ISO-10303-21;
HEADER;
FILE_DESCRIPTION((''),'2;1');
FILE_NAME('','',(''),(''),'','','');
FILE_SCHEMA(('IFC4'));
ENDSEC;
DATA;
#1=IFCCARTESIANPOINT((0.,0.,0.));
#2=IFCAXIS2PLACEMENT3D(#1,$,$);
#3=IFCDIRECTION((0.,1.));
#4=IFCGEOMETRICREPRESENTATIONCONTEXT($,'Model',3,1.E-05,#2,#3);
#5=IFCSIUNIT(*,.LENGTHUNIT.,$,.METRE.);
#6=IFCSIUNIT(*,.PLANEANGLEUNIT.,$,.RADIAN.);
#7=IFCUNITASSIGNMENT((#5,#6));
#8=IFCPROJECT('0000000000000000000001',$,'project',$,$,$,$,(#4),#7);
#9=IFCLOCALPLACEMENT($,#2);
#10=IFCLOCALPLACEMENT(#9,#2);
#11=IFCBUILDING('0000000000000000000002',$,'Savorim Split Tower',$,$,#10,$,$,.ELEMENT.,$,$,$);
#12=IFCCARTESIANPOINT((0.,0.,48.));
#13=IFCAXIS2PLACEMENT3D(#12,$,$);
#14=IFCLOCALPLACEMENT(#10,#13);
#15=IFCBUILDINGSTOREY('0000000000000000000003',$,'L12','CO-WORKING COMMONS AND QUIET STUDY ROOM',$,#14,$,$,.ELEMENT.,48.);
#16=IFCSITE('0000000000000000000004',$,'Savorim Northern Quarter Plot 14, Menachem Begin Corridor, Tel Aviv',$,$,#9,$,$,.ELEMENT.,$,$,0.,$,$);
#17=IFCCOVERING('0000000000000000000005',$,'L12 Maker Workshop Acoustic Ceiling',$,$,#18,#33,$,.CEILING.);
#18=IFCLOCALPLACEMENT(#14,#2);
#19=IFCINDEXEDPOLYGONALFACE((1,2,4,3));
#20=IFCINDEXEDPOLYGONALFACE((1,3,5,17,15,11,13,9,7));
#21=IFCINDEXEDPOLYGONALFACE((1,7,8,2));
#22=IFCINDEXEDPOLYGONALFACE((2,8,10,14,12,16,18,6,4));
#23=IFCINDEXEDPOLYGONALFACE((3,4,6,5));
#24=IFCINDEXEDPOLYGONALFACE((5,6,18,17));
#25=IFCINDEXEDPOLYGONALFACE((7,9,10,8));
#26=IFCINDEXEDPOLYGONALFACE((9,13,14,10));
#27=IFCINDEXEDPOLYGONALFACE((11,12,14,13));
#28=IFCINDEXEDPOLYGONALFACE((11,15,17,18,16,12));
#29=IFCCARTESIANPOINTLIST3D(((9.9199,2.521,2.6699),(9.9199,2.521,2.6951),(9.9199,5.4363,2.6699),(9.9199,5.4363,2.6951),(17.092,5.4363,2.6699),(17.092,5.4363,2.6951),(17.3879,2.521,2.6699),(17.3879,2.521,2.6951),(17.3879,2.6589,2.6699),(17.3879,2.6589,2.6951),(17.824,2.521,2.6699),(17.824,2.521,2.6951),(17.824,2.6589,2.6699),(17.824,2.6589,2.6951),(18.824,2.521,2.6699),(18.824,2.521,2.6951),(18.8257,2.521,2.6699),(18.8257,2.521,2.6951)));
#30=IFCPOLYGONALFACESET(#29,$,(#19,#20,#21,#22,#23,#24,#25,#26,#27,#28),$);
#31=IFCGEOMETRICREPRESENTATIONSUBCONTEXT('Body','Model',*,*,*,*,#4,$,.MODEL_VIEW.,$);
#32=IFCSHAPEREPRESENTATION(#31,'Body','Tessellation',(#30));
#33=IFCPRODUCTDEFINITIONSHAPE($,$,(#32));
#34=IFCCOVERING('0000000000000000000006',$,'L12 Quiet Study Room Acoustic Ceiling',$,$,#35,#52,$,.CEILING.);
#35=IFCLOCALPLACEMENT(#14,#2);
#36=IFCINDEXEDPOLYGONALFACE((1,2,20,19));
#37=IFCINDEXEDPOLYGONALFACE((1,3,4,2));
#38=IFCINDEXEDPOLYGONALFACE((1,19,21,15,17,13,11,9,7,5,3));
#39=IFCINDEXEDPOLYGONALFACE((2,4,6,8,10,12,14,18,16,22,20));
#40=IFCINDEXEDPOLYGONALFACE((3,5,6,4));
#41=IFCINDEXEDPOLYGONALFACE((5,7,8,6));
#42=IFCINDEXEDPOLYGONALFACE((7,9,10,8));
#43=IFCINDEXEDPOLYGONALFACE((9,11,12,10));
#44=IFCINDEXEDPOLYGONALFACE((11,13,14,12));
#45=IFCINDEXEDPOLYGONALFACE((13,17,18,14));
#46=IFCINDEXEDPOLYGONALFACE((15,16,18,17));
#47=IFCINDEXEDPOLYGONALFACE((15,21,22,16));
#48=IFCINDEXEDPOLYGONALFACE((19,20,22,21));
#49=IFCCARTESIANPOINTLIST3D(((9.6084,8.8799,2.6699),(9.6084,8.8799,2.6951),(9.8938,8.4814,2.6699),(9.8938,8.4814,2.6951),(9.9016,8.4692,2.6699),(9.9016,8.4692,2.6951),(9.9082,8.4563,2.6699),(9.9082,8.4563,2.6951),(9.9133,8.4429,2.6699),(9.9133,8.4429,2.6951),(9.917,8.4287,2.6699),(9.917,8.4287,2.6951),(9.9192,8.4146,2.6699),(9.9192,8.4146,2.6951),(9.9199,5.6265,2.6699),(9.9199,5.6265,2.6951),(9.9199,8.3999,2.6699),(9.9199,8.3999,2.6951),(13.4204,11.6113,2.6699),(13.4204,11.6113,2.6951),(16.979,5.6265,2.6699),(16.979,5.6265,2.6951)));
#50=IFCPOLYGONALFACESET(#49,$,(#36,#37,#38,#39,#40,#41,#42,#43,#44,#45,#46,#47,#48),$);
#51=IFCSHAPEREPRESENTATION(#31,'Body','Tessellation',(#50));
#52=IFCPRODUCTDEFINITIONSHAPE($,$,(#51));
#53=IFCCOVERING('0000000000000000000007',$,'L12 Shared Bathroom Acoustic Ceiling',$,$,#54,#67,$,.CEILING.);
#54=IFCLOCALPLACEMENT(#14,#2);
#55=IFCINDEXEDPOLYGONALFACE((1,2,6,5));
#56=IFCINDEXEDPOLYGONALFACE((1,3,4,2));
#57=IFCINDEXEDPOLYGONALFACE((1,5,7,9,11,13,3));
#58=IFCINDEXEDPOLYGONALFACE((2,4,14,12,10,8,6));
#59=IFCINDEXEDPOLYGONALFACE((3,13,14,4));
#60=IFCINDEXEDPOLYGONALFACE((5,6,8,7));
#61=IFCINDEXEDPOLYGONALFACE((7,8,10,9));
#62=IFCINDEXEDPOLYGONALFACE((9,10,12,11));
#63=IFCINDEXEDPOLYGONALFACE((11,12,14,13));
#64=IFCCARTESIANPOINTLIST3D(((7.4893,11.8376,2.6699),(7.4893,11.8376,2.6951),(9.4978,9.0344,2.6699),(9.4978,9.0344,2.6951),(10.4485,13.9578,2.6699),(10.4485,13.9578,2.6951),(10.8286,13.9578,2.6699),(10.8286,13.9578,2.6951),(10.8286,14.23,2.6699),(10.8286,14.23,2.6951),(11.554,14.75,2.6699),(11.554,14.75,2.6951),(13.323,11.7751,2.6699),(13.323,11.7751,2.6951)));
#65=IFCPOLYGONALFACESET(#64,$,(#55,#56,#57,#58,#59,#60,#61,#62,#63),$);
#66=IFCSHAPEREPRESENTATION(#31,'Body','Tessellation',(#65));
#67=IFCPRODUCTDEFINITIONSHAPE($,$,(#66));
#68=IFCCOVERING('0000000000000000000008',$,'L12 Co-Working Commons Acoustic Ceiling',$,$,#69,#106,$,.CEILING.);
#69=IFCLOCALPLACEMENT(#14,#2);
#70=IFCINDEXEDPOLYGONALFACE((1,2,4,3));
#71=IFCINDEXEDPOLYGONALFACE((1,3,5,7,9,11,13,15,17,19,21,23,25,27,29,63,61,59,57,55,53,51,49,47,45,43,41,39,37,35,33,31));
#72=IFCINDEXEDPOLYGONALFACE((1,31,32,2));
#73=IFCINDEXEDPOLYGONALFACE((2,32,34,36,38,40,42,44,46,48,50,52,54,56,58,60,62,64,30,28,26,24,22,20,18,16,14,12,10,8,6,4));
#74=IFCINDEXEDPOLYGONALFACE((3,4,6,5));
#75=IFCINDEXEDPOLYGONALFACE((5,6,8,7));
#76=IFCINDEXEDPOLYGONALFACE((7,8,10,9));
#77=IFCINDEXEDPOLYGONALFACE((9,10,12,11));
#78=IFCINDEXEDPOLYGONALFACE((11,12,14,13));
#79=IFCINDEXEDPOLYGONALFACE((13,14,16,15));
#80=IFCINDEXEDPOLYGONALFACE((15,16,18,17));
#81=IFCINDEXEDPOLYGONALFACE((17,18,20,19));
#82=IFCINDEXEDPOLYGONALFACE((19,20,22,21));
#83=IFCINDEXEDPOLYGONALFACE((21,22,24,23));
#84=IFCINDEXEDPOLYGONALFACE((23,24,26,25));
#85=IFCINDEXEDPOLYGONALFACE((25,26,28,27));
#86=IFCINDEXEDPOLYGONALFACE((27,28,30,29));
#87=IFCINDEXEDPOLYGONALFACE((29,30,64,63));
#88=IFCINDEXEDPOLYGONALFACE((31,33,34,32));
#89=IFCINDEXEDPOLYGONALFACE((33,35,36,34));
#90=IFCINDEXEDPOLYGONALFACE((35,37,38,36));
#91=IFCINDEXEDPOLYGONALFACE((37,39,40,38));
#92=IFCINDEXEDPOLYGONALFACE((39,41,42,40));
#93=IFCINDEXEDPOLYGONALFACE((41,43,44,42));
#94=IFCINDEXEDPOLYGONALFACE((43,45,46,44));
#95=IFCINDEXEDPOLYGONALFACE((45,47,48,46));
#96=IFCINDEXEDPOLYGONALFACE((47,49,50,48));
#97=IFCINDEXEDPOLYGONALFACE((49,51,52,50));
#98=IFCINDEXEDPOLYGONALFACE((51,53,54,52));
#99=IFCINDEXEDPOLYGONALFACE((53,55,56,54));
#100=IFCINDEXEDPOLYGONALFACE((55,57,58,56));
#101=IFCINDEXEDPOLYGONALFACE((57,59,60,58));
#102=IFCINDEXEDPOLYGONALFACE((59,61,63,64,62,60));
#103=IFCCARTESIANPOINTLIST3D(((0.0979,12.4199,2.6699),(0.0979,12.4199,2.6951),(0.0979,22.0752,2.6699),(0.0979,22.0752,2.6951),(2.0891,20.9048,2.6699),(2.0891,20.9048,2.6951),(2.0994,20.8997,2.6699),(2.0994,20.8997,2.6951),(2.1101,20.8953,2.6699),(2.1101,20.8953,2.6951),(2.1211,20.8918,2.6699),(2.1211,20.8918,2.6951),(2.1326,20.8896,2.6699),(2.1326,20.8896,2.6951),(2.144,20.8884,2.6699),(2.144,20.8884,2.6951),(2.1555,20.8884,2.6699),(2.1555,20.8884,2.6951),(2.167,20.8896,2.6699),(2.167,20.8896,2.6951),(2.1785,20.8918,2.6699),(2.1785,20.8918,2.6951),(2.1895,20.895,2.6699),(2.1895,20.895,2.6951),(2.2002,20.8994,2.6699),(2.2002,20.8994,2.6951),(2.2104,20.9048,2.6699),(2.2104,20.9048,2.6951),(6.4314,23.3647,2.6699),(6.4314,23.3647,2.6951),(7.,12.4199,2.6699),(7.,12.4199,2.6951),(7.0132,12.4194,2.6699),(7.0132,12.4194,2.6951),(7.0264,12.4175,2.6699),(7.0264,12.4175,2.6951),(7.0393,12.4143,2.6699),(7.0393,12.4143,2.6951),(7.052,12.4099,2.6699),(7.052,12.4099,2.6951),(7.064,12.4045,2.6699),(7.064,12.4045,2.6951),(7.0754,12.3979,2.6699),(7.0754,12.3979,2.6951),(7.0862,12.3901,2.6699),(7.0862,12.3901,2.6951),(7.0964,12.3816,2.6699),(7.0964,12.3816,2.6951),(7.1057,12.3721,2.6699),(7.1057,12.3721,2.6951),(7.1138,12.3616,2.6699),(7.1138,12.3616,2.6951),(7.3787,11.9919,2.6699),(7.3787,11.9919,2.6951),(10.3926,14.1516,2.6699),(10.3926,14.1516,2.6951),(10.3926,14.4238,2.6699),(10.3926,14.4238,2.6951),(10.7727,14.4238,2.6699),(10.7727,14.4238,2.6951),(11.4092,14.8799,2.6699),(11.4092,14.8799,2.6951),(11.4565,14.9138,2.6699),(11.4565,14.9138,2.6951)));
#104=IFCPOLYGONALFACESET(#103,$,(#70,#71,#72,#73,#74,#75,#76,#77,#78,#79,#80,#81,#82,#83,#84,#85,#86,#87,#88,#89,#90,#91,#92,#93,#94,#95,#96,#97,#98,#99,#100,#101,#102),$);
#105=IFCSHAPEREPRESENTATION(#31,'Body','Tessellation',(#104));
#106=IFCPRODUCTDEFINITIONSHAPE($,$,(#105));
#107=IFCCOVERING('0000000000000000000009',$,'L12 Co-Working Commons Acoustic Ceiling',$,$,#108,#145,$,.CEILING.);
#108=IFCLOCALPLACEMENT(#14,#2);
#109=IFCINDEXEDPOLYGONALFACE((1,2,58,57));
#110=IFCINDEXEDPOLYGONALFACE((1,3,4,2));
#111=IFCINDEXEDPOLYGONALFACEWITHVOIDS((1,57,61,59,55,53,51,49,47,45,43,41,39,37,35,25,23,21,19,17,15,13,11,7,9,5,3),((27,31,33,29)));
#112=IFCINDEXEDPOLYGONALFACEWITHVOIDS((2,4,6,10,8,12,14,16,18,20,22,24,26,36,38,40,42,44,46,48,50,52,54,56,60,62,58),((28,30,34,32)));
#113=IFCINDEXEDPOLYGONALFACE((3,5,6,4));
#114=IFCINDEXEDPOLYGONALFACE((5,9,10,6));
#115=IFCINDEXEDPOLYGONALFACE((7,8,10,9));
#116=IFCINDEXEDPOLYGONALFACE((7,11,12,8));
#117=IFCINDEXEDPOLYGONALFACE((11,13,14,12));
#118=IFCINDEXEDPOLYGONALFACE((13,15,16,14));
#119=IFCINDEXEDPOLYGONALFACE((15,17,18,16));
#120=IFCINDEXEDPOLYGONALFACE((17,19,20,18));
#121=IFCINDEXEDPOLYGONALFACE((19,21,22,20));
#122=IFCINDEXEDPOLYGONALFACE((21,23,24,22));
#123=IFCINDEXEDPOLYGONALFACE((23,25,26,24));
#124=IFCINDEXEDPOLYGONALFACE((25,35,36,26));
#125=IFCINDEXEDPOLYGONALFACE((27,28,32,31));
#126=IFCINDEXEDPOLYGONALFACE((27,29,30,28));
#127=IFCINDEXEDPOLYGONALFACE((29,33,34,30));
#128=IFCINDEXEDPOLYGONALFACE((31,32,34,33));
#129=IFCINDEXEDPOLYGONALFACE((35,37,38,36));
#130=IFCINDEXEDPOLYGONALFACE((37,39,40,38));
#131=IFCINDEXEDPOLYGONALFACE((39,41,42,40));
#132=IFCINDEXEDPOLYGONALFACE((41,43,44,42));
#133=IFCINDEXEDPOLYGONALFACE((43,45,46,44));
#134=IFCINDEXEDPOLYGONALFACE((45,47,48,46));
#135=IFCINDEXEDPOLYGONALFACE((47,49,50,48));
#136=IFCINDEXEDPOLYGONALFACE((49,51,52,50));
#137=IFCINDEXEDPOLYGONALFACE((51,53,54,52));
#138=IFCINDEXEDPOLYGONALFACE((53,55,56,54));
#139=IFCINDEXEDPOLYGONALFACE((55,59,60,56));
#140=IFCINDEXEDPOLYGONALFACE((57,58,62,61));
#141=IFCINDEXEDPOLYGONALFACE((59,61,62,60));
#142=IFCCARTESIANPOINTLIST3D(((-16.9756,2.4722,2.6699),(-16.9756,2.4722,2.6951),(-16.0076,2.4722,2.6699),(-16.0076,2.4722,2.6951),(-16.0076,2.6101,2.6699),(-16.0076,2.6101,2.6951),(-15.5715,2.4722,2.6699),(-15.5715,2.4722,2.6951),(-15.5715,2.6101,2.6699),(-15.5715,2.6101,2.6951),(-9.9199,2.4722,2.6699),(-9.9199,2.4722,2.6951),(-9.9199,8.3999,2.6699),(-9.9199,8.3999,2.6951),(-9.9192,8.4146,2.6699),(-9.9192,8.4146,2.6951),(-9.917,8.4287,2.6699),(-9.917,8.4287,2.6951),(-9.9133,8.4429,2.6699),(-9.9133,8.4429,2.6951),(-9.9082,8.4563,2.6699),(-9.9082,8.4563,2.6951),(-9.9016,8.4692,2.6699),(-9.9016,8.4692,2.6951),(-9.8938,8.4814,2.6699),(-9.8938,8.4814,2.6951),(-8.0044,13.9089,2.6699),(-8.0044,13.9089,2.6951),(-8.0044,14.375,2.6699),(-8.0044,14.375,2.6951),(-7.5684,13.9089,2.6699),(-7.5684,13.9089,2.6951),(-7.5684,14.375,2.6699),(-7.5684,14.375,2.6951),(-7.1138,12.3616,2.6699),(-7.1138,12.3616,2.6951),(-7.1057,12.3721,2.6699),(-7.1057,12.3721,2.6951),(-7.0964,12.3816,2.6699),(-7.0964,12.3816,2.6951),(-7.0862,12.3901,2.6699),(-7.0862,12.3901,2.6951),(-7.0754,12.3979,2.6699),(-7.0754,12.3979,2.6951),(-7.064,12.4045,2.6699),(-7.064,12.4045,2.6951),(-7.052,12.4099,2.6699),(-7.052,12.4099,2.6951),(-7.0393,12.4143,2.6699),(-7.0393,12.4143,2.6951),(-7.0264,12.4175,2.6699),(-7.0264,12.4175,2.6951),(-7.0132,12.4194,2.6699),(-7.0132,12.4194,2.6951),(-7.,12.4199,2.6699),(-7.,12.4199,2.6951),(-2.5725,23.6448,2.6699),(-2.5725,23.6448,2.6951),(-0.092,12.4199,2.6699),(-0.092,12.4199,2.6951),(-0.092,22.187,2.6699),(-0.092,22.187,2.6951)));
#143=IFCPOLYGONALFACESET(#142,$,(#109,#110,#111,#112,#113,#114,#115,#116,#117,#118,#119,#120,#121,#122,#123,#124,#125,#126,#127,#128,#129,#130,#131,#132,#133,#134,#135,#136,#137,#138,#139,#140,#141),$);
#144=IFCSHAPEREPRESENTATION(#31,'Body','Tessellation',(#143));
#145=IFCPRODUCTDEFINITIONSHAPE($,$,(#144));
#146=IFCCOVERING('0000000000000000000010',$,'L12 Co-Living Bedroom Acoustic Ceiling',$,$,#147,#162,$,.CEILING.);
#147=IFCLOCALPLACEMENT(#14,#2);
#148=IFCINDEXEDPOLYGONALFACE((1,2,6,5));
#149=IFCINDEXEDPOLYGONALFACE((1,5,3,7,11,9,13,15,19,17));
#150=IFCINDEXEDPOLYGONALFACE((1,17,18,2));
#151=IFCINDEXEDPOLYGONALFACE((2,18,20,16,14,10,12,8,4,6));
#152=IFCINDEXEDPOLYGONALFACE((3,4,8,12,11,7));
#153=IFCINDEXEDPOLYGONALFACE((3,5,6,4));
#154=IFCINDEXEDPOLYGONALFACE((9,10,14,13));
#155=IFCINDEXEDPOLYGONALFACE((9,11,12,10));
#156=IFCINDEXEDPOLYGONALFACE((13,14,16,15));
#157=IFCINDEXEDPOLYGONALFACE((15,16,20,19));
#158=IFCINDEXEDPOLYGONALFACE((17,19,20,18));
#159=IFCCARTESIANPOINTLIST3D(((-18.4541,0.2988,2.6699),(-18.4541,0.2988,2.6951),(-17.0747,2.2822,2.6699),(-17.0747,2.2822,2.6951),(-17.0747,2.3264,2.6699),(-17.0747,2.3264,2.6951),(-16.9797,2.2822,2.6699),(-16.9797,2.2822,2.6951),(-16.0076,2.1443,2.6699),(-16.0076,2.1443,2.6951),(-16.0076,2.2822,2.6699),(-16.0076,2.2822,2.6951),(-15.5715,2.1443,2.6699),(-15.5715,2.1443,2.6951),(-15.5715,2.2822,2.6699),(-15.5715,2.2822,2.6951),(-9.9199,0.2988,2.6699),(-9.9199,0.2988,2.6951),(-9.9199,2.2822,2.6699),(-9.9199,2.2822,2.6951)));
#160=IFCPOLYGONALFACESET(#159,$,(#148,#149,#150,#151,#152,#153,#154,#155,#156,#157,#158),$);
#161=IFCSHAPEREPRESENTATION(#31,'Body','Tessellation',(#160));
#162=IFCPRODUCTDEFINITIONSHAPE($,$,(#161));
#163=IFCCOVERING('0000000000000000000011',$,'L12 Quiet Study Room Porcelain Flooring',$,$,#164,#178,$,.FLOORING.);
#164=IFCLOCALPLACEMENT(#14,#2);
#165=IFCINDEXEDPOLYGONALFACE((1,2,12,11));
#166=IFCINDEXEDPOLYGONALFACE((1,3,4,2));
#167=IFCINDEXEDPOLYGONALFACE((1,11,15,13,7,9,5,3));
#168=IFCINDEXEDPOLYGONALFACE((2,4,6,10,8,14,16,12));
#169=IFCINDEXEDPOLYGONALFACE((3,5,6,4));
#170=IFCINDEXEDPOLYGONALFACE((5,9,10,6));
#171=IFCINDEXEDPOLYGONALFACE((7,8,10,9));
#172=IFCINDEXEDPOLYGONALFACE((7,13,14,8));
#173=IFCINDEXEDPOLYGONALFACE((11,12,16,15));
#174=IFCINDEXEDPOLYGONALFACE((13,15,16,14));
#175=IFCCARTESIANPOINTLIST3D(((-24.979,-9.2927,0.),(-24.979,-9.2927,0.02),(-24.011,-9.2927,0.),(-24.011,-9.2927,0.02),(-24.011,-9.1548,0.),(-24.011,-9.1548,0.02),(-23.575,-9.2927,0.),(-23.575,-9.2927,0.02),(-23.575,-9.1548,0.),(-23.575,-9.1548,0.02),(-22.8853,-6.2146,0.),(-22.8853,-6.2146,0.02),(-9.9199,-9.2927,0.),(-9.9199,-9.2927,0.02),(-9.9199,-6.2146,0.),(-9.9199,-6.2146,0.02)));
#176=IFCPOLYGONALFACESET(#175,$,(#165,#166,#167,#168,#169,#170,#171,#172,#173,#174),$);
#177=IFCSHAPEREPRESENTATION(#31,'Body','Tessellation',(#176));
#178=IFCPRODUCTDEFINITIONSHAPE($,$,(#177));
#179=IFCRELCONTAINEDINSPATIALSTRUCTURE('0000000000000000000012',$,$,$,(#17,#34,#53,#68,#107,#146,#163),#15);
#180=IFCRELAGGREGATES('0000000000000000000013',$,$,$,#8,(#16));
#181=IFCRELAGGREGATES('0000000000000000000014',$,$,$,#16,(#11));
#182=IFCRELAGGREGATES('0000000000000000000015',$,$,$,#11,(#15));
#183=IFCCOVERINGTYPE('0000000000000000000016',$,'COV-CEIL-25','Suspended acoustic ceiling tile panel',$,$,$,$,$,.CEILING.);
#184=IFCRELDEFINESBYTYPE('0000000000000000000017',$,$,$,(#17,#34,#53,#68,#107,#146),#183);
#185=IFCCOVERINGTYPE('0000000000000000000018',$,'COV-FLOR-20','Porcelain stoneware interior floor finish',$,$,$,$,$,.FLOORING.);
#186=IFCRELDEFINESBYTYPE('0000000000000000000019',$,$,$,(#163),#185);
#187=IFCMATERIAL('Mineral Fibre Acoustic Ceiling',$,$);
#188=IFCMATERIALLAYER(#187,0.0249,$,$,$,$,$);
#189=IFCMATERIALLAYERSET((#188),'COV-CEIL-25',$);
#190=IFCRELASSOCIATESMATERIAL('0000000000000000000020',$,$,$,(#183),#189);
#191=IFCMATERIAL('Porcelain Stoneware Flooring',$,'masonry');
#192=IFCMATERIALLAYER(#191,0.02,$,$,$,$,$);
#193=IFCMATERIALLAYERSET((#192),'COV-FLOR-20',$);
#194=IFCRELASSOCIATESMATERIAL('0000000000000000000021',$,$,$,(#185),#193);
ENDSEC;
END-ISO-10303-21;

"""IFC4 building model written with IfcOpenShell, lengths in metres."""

from ifc_helpers import new_model, si_unit, direction, frame, origin, place, context, subcontext, project, spatial, polyline, outline, extrude, material, layer, layer_set, type_object, element, save


model = new_model("IFC4")

# Units and contexts
model_context = context("Model", 3, precision=1e-05, world=origin(), true_north=direction((0.0, 1.0)))
body_context = subcontext(model_context, "Body", "Model", "MODEL_VIEW")
ifc_project = project(units=[si_unit("LENGTHUNIT", "METRE"), si_unit("PLANEANGLEUNIT", "RADIAN")], contexts=[model_context])

# Site, building, storey
site_placement = place(None, origin())
site = spatial("IfcSite", under=ifc_project, at=site_placement, Name="Savorim Northern Quarter Plot 14, Menachem Begin Corridor, Tel Aviv", CompositionType="ELEMENT", RefElevation=0.0)
building_placement = place(site_placement, origin())
building = spatial("IfcBuilding", under=site, at=building_placement, Name="Savorim Split Tower", CompositionType="ELEMENT")
storey_placement = place(building_placement, frame((0.0, 0.0, 48.0)))
storey = spatial("IfcBuildingStorey", under=building, at=storey_placement, Name="L12", Description="CO-WORKING COMMONS AND QUIET STUDY ROOM", CompositionType="ELEMENT", Elevation=48.0)

# Coverings
ifc_material_1 = material(Name="Mineral Fibre Acoustic Ceiling")
ifc_layer_1 = layer(ifc_material_1, 0.0249)
ifc_layer_set_1 = layer_set([ifc_layer_1], Name="COV-CEIL-25")
covering_type_1 = type_object("IfcCoveringType", Name="COV-CEIL-25", Description="Suspended acoustic ceiling tile panel", PredefinedType="CEILING", material=ifc_layer_set_1)
covering_1_placement = place(storey_placement, frame((0.0, 0.0, 2.6699)))
element("IfcCovering", 1, at=covering_1_placement, inside=storey, type_object=covering_type_1, Name="L12 Maker Workshop Acoustic Ceiling", PredefinedType="CEILING", context=body_context, shape_type="SweptSolid", body=[
    extrude(outline(polyline([(17.824, 2.6589), (17.824, 2.521), (18.824, 2.521), (18.8257, 2.521), (17.092, 5.4363), (9.9199, 5.4363), (9.9199, 2.521), (17.3879, 2.521), (17.3879, 2.6589), (17.824, 2.6589)])), origin(), (0.0, 0.0, 1.0), 0.0251),
])
covering_2_placement = place(storey_placement, frame((0.0, 0.0, 2.6699)))
element("IfcCovering", 2, at=covering_2_placement, inside=storey, type_object=covering_type_1, Name="L12 Quiet Study Room Acoustic Ceiling", PredefinedType="CEILING", context=body_context, shape_type="SweptSolid", body=[
    extrude(outline(polyline([(9.917, 8.4287), (9.9192, 8.4146), (9.9199, 8.3999), (9.9199, 5.6265), (16.979, 5.6265), (13.4204, 11.6113), (9.6084, 8.8799), (9.8938, 8.4814), (9.9016, 8.4692), (9.9082, 8.4563), (9.9133, 8.4429), (9.917, 8.4287)])), origin(), (0.0, 0.0, 1.0), 0.0251),
])
covering_3_placement = place(storey_placement, frame((0.0, 0.0, 2.6699)))
element("IfcCovering", 3, at=covering_3_placement, inside=storey, type_object=covering_type_1, Name="L12 Shared Bathroom Acoustic Ceiling", PredefinedType="CEILING", context=body_context, shape_type="SweptSolid", body=[
    extrude(outline(polyline([(10.4485, 13.9578), (7.4893, 11.8376), (7.4893, 11.8376), (9.4978, 9.0344), (13.323, 11.7751), (11.554, 14.75), (10.8286, 14.23), (10.8286, 13.9578), (10.4485, 13.9578)])), origin(), (0.0, 0.0, 1.0), 0.0251),
])
covering_4_placement = place(storey_placement, frame((0.0, 0.0, 2.6699)))
element("IfcCovering", 4, at=covering_4_placement, inside=storey, type_object=covering_type_1, Name="L12 Co-Working Commons Acoustic Ceiling", PredefinedType="CEILING", context=body_context, shape_type="SweptSolid", body=[
    extrude(outline(polyline([(2.1101, 20.8953), (2.0994, 20.8997), (2.0891, 20.9048), (0.0979, 22.0752), (0.0979, 12.4199), (7.0, 12.4199), (7.0132, 12.4194), (7.0264, 12.4175), (7.0393, 12.4143), (7.052, 12.4099), (7.064, 12.4045), (7.0754, 12.3979), (7.0862, 12.3901), (7.0964, 12.3816), (7.1057, 12.3721), (7.1138, 12.3616), (7.3787, 11.9919), (10.3926, 14.1516), (10.3926, 14.4238), (10.7727, 14.4238), (11.4092, 14.8799), (11.4565, 14.9138), (6.4314, 23.3647), (2.2104, 20.9048), (2.2002, 20.8994), (2.1895, 20.895), (2.1785, 20.8918), (2.167, 20.8896), (2.1555, 20.8884), (2.144, 20.8884), (2.1326, 20.8896), (2.1211, 20.8918), (2.1101, 20.8953)])), origin(), (0.0, 0.0, 1.0), 0.0251),
])
covering_5_placement = place(storey_placement, frame((0.0, 0.0, 2.6699)))
element("IfcCovering", 5, at=covering_5_placement, inside=storey, type_object=covering_type_1, Name="L12 Co-Working Commons Acoustic Ceiling", PredefinedType="CEILING", context=body_context, shape_type="SweptSolid", body=[
    extrude(outline(polyline([(-7.0, 12.4199), (-0.092, 12.4199), (-0.092, 22.187), (-2.5725, 23.6448), (-16.9756, 2.4722), (-16.0076, 2.4722), (-16.0076, 2.6101), (-15.5715, 2.6101), (-15.5715, 2.4722), (-9.9199, 2.4722), (-9.9199, 8.3999), (-9.9192, 8.4146), (-9.917, 8.4287), (-9.9133, 8.4429), (-9.9082, 8.4563), (-9.9016, 8.4692), (-9.8938, 8.4814), (-7.1138, 12.3616), (-7.1057, 12.3721), (-7.0964, 12.3816), (-7.0862, 12.3901), (-7.0754, 12.3979), (-7.064, 12.4045), (-7.052, 12.4099), (-7.0393, 12.4143), (-7.0264, 12.4175), (-7.0132, 12.4194), (-7.0, 12.4199)]), holes=[polyline([(-7.5684, 14.375), (-8.0044, 14.375), (-8.0044, 13.9089), (-7.5684, 13.9089), (-7.5684, 14.375)])]), origin(), (0.0, 0.0, 1.0), 0.0251),
])
covering_6_placement = place(storey_placement, frame((0.0, 0.0, 2.6699)))
element("IfcCovering", 6, at=covering_6_placement, inside=storey, type_object=covering_type_1, Name="L12 Co-Living Bedroom Acoustic Ceiling", PredefinedType="CEILING", context=body_context, shape_type="SweptSolid", body=[
    extrude(outline(polyline([(-16.0076, 2.2822), (-16.9797, 2.2822), (-17.0747, 2.2822), (-17.0747, 2.3264), (-18.4541, 0.2988), (-9.9199, 0.2988), (-9.9199, 2.2822), (-15.5715, 2.2822), (-15.5715, 2.1443), (-16.0076, 2.1443), (-16.0076, 2.2822)])), origin(), (0.0, 0.0, 1.0), 0.0251),
])
ifc_material_2 = material(Name="Porcelain Stoneware Flooring", Category="masonry")
ifc_layer_2 = layer(ifc_material_2, 0.02)
ifc_layer_set_2 = layer_set([ifc_layer_2], Name="COV-FLOR-20")
covering_type_2 = type_object("IfcCoveringType", Name="COV-FLOR-20", Description="Porcelain stoneware interior floor finish", PredefinedType="FLOORING", material=ifc_layer_set_2)
covering_7_placement = place(storey_placement, origin())
element("IfcCovering", 7, at=covering_7_placement, inside=storey, type_object=covering_type_2, Name="L12 Quiet Study Room Porcelain Flooring", PredefinedType="FLOORING", context=body_context, shape_type="SweptSolid", body=[
    extrude(outline(polyline([(-23.575, -9.1548), (-23.575, -9.2927), (-9.9199, -9.2927), (-9.9199, -6.2146), (-22.8853, -6.2146), (-24.979, -9.2927), (-24.011, -9.2927), (-24.011, -9.1548), (-23.575, -9.1548)])), origin(), (0.0, 0.0, 1.0), 0.02),
])

save(model, "model.ifc")
